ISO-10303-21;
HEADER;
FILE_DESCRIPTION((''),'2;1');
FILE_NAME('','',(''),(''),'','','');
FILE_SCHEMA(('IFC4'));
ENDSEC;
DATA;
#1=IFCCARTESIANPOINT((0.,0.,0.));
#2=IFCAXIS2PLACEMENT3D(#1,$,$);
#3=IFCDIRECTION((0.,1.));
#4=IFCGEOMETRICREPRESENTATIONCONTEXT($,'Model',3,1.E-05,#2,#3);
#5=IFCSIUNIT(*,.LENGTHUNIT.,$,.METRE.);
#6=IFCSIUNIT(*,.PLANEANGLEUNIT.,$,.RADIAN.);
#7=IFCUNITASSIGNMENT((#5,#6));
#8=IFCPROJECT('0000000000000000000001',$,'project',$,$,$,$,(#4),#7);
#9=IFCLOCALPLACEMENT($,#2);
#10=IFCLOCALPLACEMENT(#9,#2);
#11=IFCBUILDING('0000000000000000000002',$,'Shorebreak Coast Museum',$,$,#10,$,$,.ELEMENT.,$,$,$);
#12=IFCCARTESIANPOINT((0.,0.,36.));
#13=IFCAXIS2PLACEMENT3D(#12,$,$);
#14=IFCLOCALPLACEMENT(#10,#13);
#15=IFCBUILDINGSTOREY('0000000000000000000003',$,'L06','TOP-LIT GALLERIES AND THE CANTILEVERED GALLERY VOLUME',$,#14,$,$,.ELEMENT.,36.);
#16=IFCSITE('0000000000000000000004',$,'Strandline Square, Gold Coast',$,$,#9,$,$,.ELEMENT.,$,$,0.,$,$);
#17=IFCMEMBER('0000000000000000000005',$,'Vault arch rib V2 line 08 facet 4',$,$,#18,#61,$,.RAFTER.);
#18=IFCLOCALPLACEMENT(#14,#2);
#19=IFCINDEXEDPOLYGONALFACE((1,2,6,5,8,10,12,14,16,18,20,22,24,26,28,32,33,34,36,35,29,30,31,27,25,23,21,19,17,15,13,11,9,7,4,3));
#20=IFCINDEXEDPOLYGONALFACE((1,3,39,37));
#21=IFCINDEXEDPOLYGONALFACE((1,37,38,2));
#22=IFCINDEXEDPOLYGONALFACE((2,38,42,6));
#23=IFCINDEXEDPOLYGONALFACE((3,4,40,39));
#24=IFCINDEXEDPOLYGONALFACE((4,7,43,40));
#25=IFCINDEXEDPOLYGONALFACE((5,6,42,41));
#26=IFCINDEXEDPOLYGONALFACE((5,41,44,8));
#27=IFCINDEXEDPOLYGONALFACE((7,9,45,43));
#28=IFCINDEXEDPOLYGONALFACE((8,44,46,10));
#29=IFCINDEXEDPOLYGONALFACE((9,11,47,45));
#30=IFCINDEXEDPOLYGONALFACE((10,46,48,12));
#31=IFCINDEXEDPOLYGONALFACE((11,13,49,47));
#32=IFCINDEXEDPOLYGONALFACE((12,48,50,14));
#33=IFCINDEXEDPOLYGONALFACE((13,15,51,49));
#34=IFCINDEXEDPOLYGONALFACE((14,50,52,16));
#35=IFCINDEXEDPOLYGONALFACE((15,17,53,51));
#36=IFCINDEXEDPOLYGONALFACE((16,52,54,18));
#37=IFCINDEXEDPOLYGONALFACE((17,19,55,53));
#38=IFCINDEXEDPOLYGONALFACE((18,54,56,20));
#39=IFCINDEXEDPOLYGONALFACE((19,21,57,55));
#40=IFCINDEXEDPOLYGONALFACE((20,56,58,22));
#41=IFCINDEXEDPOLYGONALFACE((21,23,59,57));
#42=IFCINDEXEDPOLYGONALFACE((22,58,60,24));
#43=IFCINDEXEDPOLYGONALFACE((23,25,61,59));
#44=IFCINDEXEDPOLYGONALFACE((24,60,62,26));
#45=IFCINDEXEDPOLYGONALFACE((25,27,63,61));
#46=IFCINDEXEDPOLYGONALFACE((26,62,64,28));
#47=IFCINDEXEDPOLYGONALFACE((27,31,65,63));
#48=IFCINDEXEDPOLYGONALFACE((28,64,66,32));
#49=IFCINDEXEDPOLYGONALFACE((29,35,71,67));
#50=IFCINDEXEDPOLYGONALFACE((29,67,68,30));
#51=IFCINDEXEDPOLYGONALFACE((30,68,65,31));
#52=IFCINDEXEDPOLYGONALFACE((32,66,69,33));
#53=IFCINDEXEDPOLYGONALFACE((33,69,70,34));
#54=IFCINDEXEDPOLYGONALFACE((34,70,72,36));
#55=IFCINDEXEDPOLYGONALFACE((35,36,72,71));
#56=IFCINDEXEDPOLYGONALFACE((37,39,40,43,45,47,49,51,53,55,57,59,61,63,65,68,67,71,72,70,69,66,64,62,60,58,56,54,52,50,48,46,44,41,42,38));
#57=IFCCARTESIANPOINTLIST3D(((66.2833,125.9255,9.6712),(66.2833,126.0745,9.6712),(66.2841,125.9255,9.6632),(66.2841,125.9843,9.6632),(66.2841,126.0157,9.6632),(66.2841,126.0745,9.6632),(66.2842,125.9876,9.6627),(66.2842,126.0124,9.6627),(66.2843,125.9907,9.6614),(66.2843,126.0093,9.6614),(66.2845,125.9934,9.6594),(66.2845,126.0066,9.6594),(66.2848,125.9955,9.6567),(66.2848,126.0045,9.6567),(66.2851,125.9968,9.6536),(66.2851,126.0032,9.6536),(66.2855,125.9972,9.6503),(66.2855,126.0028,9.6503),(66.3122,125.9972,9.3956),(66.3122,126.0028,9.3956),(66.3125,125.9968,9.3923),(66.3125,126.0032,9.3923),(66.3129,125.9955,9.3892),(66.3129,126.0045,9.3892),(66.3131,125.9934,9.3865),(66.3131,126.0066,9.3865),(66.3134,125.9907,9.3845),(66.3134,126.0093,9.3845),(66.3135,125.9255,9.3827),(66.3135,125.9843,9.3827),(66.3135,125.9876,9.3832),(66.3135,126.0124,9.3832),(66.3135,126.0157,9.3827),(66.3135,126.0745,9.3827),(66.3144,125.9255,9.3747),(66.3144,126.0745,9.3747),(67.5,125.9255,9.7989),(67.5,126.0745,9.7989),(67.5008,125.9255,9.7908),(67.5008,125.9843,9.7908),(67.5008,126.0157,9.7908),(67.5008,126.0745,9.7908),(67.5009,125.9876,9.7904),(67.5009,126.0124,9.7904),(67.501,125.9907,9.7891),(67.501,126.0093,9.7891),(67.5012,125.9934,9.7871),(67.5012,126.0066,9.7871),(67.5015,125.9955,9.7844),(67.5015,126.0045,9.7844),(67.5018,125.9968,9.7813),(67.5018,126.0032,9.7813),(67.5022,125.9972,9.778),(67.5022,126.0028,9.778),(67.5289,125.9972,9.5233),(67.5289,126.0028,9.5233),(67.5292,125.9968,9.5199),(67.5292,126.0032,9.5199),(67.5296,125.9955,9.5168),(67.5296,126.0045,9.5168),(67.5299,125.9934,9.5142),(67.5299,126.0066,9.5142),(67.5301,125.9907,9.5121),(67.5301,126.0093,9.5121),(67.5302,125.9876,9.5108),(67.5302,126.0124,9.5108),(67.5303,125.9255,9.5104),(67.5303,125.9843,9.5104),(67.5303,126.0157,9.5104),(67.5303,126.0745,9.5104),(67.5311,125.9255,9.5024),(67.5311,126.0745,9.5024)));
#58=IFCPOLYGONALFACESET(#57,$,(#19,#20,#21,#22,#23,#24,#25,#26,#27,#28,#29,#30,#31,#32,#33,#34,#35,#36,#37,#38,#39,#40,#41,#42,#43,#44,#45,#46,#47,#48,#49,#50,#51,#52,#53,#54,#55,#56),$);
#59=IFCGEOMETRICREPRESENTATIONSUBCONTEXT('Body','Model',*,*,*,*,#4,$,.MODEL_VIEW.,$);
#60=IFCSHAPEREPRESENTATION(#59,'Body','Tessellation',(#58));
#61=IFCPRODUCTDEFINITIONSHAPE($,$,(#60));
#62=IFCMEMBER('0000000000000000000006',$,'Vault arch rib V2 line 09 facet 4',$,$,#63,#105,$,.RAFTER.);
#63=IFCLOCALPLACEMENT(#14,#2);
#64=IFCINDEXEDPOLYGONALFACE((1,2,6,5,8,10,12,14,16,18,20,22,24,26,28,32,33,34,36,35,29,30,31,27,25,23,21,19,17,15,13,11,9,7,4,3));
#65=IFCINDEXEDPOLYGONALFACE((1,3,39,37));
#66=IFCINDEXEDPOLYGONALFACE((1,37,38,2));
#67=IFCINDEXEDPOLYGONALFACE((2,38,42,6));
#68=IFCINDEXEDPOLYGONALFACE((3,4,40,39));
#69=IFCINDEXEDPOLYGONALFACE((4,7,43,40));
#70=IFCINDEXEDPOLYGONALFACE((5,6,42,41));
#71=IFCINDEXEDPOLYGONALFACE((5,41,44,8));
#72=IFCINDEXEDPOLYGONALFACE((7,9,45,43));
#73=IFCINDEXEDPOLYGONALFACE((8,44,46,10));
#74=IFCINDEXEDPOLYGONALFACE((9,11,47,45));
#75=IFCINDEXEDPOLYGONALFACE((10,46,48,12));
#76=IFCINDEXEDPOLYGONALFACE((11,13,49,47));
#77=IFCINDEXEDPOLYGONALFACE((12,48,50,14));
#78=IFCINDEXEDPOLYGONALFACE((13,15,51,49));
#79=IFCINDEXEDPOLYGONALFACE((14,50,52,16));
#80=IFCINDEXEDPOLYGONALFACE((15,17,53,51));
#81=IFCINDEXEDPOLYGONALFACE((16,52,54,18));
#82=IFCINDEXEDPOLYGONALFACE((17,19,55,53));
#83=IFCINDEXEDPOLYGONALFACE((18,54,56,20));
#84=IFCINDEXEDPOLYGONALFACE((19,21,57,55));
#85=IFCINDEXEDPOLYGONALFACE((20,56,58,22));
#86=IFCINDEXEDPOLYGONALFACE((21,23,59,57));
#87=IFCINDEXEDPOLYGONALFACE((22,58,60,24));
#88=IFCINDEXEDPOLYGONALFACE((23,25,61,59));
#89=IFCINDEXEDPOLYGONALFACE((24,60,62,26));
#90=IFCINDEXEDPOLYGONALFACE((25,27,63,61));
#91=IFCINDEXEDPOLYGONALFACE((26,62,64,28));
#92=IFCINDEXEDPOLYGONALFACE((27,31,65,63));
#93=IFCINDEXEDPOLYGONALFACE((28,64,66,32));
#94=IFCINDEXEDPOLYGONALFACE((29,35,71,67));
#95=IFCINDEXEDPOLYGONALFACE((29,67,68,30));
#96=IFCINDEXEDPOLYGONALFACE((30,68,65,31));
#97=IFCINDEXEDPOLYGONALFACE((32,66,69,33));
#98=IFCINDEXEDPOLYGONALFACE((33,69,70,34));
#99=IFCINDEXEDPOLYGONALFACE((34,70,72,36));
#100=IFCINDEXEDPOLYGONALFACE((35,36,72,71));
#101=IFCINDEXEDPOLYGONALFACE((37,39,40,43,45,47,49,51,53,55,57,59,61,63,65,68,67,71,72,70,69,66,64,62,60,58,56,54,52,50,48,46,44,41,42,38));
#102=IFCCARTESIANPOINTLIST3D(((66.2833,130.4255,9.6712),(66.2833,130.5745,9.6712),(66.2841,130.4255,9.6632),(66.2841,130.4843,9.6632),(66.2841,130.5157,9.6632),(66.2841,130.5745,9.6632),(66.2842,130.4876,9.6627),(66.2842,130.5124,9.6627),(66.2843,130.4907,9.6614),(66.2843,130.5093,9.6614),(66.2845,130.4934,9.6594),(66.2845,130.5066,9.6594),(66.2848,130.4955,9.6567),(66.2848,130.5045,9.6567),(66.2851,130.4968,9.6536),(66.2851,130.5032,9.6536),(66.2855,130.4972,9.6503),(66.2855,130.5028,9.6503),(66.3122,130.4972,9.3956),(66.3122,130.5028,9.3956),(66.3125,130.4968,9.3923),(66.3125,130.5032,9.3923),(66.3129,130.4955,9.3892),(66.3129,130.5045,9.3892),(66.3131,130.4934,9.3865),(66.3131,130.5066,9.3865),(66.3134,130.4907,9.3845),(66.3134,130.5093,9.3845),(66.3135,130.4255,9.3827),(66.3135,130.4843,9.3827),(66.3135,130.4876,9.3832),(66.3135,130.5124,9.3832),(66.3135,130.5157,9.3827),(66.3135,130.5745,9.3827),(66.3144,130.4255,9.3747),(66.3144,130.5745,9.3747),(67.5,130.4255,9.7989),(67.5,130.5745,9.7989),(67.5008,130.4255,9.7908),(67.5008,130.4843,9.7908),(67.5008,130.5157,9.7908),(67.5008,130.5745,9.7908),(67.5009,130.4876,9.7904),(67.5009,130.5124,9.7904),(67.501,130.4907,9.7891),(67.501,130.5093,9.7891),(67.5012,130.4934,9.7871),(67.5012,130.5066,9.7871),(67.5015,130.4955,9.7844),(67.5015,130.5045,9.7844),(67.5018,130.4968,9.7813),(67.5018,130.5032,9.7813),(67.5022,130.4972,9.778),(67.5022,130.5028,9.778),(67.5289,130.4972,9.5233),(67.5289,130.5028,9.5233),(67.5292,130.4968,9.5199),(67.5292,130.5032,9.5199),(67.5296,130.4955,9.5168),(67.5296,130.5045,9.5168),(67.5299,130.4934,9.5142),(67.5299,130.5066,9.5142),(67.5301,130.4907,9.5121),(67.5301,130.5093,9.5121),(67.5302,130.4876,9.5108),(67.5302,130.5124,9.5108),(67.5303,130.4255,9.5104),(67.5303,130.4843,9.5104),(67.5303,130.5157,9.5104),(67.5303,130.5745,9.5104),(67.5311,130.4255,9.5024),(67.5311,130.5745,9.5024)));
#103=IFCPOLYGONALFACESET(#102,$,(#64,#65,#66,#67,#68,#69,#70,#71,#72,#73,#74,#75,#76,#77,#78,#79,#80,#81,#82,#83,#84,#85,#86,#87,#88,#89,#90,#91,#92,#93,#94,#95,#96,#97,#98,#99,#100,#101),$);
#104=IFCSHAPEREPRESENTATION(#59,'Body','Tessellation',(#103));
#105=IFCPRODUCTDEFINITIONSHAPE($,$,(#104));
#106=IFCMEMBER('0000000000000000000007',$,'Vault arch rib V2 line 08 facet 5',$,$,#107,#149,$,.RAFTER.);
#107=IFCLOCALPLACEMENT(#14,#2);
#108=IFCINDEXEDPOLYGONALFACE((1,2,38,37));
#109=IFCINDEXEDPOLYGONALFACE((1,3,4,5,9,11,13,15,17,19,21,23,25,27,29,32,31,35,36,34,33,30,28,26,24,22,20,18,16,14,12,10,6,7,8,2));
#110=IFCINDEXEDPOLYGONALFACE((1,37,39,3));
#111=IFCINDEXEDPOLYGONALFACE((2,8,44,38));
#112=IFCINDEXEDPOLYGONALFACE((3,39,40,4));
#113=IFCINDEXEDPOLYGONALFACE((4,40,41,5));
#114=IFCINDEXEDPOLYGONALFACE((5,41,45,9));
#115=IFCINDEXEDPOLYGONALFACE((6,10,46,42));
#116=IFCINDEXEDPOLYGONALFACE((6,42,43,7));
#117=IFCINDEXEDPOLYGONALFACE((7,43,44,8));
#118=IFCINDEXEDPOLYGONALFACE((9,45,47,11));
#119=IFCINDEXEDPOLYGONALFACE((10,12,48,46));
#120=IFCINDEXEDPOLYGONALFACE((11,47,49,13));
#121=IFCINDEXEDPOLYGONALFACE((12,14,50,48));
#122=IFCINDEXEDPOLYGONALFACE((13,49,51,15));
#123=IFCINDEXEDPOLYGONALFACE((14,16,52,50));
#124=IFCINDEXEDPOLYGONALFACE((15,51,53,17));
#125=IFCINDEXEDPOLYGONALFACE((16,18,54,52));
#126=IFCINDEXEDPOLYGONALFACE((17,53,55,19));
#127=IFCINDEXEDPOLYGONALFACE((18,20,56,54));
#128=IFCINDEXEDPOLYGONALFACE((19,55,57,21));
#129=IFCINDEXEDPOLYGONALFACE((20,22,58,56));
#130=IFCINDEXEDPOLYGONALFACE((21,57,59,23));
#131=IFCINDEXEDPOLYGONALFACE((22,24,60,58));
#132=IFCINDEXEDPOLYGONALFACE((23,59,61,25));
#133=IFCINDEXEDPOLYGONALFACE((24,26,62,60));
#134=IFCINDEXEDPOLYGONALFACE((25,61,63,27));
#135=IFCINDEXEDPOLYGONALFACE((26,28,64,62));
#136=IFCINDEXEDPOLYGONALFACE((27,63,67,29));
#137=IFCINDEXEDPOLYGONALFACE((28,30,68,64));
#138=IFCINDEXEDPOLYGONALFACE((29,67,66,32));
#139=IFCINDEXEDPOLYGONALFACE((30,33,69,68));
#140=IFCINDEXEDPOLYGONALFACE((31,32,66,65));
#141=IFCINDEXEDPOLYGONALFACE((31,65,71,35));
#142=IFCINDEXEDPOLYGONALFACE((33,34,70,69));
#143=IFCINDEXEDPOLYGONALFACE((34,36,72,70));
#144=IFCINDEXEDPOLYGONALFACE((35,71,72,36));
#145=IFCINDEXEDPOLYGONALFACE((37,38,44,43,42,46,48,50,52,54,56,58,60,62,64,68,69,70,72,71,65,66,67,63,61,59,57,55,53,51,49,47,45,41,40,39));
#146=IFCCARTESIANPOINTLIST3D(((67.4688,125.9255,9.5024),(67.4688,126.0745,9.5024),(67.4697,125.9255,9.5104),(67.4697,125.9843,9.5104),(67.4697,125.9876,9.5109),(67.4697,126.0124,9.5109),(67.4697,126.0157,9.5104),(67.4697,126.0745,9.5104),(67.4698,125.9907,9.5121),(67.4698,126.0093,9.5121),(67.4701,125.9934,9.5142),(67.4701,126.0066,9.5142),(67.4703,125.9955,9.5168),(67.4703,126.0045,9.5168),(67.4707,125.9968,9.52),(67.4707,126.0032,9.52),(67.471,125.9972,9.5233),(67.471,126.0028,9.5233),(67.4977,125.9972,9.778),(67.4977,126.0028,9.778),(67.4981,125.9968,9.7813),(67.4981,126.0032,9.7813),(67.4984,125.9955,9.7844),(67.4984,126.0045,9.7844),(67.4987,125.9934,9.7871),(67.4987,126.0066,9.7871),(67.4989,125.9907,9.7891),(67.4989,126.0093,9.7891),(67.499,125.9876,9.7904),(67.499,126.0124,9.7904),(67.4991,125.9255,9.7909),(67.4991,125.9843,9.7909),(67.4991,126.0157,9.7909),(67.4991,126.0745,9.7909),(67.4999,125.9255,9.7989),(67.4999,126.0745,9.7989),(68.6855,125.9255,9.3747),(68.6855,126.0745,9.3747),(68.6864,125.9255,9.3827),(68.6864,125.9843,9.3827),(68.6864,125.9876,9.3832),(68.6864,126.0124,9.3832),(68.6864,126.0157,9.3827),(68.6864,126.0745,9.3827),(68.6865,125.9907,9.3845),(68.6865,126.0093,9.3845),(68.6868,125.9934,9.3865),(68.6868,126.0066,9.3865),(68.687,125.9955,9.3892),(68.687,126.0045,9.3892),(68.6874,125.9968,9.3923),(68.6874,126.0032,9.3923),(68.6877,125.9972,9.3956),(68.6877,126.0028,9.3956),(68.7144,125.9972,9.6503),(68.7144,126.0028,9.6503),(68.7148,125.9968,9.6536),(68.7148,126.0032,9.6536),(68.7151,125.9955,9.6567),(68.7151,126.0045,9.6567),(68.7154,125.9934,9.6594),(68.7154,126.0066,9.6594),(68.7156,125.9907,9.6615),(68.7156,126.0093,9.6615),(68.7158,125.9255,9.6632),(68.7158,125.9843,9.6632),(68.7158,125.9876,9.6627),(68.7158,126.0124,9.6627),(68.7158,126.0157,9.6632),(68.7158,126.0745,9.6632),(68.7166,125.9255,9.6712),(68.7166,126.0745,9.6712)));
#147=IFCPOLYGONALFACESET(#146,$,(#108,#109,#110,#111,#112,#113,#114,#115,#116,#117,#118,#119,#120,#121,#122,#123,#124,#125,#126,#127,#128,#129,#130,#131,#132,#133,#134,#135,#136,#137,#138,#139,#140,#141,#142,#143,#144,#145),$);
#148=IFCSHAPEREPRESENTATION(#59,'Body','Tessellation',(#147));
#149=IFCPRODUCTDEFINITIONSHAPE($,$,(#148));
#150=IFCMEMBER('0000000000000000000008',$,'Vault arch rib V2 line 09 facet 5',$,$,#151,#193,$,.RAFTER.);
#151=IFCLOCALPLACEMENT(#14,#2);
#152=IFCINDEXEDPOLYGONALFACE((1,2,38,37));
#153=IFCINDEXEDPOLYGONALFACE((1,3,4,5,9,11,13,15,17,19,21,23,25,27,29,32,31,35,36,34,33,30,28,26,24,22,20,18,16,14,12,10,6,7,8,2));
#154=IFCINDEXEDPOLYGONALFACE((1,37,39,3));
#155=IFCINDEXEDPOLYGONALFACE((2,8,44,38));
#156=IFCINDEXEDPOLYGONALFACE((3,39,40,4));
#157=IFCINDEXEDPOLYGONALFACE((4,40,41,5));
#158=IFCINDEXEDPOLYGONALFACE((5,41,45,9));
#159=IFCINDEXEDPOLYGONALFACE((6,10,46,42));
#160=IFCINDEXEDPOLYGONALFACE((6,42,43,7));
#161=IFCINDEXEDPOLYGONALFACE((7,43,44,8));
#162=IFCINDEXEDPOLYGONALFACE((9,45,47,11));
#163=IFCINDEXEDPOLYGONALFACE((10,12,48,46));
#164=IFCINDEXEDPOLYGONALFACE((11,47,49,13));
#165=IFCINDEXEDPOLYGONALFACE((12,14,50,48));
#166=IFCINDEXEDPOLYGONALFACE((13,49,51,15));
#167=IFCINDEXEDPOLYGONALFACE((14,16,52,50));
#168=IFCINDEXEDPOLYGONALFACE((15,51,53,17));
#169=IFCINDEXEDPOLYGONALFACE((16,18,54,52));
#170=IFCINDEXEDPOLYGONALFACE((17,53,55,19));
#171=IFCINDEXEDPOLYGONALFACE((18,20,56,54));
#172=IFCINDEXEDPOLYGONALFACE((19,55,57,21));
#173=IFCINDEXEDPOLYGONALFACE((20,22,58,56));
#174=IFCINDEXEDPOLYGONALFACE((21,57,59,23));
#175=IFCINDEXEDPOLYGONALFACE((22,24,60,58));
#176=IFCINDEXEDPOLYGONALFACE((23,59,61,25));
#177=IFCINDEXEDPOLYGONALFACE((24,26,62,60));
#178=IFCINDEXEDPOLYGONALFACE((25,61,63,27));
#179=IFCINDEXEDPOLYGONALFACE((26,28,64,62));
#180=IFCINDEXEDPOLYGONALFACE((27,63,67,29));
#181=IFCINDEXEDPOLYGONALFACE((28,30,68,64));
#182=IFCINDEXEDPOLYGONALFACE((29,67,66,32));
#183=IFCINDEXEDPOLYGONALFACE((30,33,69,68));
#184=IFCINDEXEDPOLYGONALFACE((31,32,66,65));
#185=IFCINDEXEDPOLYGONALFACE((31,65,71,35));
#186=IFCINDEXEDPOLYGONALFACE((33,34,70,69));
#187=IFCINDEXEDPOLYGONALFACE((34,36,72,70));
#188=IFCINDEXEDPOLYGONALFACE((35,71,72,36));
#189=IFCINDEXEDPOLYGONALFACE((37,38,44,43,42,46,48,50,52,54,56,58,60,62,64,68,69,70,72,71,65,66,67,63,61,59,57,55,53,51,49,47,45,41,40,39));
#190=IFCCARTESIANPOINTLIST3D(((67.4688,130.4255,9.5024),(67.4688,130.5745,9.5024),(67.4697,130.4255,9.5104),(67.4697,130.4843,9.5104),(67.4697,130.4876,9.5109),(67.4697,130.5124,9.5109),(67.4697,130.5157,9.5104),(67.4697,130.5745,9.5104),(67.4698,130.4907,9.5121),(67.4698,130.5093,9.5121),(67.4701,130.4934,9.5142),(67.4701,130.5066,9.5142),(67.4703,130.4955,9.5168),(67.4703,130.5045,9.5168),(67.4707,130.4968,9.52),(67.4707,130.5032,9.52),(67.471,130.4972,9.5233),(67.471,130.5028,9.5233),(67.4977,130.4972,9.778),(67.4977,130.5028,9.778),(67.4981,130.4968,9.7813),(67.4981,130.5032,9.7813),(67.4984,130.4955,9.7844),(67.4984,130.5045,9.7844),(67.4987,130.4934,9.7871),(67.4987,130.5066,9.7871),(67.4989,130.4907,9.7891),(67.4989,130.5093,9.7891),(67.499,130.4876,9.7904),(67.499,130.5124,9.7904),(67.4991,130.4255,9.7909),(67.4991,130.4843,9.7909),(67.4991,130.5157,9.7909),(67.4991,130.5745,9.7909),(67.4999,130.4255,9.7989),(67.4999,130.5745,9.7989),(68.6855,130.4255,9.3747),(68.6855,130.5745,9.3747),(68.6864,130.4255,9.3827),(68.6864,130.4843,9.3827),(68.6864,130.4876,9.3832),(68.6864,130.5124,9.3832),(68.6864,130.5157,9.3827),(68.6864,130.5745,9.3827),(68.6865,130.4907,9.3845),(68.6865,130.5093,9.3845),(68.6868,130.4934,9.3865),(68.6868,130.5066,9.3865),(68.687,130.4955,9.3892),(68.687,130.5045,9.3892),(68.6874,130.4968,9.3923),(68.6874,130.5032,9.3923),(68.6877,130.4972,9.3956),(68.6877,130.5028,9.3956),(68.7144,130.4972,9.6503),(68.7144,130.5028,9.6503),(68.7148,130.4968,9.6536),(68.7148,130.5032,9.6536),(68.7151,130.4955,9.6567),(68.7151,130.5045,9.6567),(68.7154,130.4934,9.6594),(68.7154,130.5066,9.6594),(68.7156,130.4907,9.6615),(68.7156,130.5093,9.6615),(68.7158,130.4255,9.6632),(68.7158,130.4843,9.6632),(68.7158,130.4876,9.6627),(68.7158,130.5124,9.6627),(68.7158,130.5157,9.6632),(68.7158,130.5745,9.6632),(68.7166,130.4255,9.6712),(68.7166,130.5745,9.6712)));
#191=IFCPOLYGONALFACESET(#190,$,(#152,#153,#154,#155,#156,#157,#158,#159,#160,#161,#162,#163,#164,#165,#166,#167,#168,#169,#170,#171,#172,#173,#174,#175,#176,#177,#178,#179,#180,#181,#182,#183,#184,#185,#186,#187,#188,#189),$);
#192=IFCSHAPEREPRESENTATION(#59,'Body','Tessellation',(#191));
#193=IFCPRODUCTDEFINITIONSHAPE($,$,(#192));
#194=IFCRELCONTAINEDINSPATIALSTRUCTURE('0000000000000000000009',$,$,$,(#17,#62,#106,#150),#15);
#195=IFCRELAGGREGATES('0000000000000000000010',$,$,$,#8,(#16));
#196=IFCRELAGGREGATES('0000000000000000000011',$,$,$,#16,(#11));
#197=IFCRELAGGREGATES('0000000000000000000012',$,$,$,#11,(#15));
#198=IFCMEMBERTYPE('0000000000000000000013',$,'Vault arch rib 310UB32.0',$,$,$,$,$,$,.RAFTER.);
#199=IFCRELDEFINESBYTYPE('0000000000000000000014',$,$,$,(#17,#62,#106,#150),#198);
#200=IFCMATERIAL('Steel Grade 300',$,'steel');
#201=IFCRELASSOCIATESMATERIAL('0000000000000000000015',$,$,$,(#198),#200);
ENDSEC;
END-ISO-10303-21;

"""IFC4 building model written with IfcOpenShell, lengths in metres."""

from ifc_helpers import new_model, si_unit, direction, frame, origin, origin_2d, place, context, subcontext, project, spatial, i_section, extrude, material, material_profile, profile_set, type_object, element, save


model = new_model("IFC4")

# Units and contexts
model_context = context("Model", 3, precision=1e-05, world=origin(), true_north=direction((0.0, 1.0)))
body_context = subcontext(model_context, "Body", "Model", "MODEL_VIEW")
ifc_project = project(units=[si_unit("LENGTHUNIT", "METRE"), si_unit("PLANEANGLEUNIT", "RADIAN")], contexts=[model_context])

# Site, building, storey
site_placement = place(None, origin())
site = spatial("IfcSite", under=ifc_project, at=site_placement, Name="Strandline Square, Gold Coast", CompositionType="ELEMENT", RefElevation=0.0)
building_placement = place(site_placement, origin())
building = spatial("IfcBuilding", under=site, at=building_placement, Name="Shorebreak Coast Museum", CompositionType="ELEMENT")
storey_placement = place(building_placement, frame((0.0, 0.0, 36.0)))
storey = spatial("IfcBuildingStorey", under=building, at=storey_placement, Name="L06", Description="TOP-LIT GALLERIES AND THE CANTILEVERED GALLERY VOLUME", CompositionType="ELEMENT", Elevation=36.0)

# Members
ifc_material_1 = material(Name="Steel Grade 300", Category="steel")
ifc_material_profile_1 = material_profile(ifc_material_1, i_section(OverallWidth=0.1489, OverallDepth=0.2981, WebThickness=0.0056, FlangeThickness=0.0081, FilletRadius=0.0129, at=origin_2d()), Name="310UB32.0")
ifc_profile_set_1 = profile_set([ifc_material_profile_1], Name="Steel Grade 300")
member_type_1 = type_object("IfcMemberType", Name="Vault arch rib 310UB32.0", PredefinedType="RAFTER", material=ifc_profile_set_1)
for number, where, z_axis, x_axis, name in (
    (1, (66.2988, 126.0, 9.5229), (0.994539, 0.0, 0.104363), (0.0, 1.0, 0.0), "Vault arch rib V2 line 08 facet 4"),
    (2, (66.2988, 130.5, 9.5229), (0.994539, 0.0, 0.104363), (0.0, 1.0, 0.0), "Vault arch rib V2 line 09 facet 4"),
    (3, (67.4844, 126.0, 9.6506), (0.994539, 0.0, -0.104363), (0.0, 1.0, 0.0), "Vault arch rib V2 line 08 facet 5"),
    (4, (67.4844, 130.5, 9.6506), (0.994539, 0.0, -0.104363), (0.0, 1.0, 0.0), "Vault arch rib V2 line 09 facet 5"),
):
    element("IfcMember", number, at=place(storey_placement, frame(where, z_axis=z_axis, x_axis=x_axis)), inside=storey, type_object=member_type_1, Name=name, PredefinedType="RAFTER", context=body_context, shape_type="SweptSolid", body=[
        extrude(i_section(OverallWidth=0.1489, OverallDepth=0.2981, WebThickness=0.0056, FlangeThickness=0.0081, FilletRadius=0.0129, at=origin_2d()), origin(), (0.0, 0.0, 1.0), 1.2234),
    ])

save(model, "model.ifc")
